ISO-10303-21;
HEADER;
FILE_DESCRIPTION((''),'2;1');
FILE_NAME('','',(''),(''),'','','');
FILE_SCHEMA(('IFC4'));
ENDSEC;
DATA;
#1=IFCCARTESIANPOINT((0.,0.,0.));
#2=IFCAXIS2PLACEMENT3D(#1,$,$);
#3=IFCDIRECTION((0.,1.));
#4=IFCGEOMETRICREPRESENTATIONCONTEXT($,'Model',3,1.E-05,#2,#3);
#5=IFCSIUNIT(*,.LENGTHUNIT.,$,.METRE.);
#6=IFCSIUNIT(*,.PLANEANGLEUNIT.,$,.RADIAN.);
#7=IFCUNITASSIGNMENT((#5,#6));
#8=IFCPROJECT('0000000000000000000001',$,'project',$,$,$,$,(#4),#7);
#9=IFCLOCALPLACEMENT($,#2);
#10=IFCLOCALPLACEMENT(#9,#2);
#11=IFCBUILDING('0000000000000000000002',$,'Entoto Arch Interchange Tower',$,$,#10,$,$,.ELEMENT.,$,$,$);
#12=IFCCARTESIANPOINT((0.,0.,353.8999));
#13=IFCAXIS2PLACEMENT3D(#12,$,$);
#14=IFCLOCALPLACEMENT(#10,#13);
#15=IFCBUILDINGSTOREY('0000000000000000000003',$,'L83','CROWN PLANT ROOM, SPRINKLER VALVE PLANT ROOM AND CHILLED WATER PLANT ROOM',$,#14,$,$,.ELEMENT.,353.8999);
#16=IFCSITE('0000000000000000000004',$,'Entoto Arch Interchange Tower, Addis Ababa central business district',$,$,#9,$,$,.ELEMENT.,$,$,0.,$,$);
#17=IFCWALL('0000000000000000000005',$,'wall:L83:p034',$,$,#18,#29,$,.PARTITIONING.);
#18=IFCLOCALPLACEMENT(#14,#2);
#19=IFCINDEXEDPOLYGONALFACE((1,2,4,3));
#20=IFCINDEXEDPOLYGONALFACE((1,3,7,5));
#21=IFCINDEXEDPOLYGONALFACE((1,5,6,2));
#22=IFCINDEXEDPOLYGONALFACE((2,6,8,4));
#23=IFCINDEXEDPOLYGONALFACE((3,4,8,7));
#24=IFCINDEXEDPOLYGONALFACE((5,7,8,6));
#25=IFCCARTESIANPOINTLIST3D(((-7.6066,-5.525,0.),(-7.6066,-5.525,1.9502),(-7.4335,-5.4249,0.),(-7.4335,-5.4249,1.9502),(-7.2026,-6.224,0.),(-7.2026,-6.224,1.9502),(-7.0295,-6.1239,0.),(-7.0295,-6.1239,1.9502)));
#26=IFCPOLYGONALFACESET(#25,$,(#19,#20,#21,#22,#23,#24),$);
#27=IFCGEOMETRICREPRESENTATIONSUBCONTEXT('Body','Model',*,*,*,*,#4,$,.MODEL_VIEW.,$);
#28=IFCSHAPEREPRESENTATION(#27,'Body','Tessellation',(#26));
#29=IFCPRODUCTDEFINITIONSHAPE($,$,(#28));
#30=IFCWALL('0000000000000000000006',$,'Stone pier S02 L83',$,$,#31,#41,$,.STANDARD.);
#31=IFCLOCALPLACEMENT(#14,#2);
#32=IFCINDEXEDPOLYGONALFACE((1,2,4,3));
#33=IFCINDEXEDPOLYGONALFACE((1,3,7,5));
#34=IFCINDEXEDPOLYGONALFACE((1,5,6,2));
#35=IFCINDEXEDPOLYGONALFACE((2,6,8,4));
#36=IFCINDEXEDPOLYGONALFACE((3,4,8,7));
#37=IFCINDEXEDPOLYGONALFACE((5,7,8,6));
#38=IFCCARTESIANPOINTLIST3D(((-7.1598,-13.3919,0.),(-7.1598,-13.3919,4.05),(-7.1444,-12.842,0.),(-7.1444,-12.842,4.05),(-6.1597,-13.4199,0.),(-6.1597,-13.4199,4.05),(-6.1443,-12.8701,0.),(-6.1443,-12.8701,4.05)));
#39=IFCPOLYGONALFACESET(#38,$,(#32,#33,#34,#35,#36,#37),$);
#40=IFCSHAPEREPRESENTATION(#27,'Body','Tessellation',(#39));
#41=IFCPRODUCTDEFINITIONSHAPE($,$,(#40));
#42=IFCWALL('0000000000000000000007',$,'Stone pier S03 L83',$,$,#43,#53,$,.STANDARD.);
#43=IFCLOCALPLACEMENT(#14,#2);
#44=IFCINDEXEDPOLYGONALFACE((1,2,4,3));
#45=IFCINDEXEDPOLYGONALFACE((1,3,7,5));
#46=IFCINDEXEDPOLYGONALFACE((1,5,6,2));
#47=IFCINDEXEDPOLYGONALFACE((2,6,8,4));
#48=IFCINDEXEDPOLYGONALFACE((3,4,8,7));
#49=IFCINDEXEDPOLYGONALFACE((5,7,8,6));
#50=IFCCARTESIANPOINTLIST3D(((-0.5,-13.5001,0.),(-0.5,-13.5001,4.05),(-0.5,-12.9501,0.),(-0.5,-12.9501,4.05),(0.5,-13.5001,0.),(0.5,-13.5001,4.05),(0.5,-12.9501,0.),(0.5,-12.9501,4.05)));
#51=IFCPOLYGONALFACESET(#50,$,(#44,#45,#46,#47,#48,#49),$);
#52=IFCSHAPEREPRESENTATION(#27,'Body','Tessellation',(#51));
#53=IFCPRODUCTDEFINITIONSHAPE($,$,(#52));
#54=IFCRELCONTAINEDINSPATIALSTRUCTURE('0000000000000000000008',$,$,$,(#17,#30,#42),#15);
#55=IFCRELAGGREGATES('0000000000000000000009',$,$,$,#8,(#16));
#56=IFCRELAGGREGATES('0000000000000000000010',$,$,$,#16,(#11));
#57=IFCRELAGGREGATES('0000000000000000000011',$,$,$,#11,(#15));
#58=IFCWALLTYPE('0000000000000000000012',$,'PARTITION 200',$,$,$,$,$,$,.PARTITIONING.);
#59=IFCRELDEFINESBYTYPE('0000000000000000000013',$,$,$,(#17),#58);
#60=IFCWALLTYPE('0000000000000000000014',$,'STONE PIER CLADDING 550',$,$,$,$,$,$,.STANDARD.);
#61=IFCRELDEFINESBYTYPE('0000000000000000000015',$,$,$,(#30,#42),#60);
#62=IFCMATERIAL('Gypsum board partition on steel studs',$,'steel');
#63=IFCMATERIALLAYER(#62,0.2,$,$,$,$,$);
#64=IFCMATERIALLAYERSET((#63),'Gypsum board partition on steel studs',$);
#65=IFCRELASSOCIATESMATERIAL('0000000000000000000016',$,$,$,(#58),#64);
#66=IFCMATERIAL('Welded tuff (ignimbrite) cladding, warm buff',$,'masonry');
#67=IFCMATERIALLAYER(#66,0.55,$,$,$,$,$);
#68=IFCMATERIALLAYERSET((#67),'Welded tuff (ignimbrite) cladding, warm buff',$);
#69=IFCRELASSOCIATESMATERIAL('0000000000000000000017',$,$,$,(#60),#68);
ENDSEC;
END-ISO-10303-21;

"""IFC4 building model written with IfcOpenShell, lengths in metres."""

from ifc_helpers import new_model, si_unit, direction, frame, frame_2d, origin, place, context, subcontext, project, spatial, rectangle, extrude, material, layer, layer_set, type_object, element, save


model = new_model("IFC4")

# Units and contexts
model_context = context("Model", 3, precision=1e-05, world=origin(), true_north=direction((0.0, 1.0)))
body_context = subcontext(model_context, "Body", "Model", "MODEL_VIEW")
ifc_project = project(units=[si_unit("LENGTHUNIT", "METRE"), si_unit("PLANEANGLEUNIT", "RADIAN")], contexts=[model_context])

# Site, building, storey
site_placement = place(None, origin())
site = spatial("IfcSite", under=ifc_project, at=site_placement, Name="Entoto Arch Interchange Tower, Addis Ababa central business district", CompositionType="ELEMENT", RefElevation=0.0)
building_placement = place(site_placement, origin())
building = spatial("IfcBuilding", under=site, at=building_placement, Name="Entoto Arch Interchange Tower", CompositionType="ELEMENT")
storey_placement = place(building_placement, frame((0.0, 0.0, 353.8999)))
storey = spatial("IfcBuildingStorey", under=building, at=storey_placement, Name="L83", Description="CROWN PLANT ROOM, SPRINKLER VALVE PLANT ROOM AND CHILLED WATER PLANT ROOM", CompositionType="ELEMENT", Elevation=353.8999)

# Shared definitions
ifc_material_1 = material(Name="Gypsum board partition on steel studs", Category="steel")
ifc_layer_1 = layer(ifc_material_1, 0.2)
ifc_layer_set_1 = layer_set([ifc_layer_1], Name="Gypsum board partition on steel studs")
wall_type_1 = type_object("IfcWallType", Name="PARTITION 200", PredefinedType="PARTITIONING", material=ifc_layer_set_1)

# Walls
wall_1_placement = place(storey_placement, frame((-7.116, -6.1741, 0.0), z_axis=(0.0, 0.0, 1.0), x_axis=(-0.500464, 0.865757, 0.0)))
element("IfcWall", 1, at=wall_1_placement, inside=storey, type_object=wall_type_1, Name="wall:L83:p034", PredefinedType="PARTITIONING", context=body_context, shape_type="SweptSolid", body=[
    extrude(rectangle(XDim=0.8074, YDim=0.2, at=frame_2d((0.4038, 0.0))), origin(), (0.0, 0.0, 1.0), 1.9502),
])
ifc_material_2 = material(Name="Welded tuff (ignimbrite) cladding, warm buff", Category="masonry")
ifc_layer_2 = layer(ifc_material_2, 0.55)
ifc_layer_set_2 = layer_set([ifc_layer_2], Name="Welded tuff (ignimbrite) cladding, warm buff")
wall_type_2 = type_object("IfcWallType", Name="STONE PIER CLADDING 550", PredefinedType="STANDARD", material=ifc_layer_set_2)
wall_2_placement = place(storey_placement, frame((-7.1521, -13.1169, 0.0), z_axis=(0.0, 0.0, 1.0), x_axis=(0.999606, -0.028065, 0.0)))
element("IfcWall", 2, at=wall_2_placement, inside=storey, type_object=wall_type_2, Name="Stone pier S02 L83", PredefinedType="STANDARD", context=body_context, shape_type="SweptSolid", body=[
    extrude(rectangle(XDim=1.0005, YDim=0.55, at=frame_2d((0.5002, 0.0))), origin(), (0.0, 0.0, 1.0), 4.05),
])
wall_3_placement = place(storey_placement, frame((-0.5, -13.2251, 0.0), z_axis=(0.0, 0.0, 1.0), x_axis=(1.0, 0.0, 0.0)))
element("IfcWall", 3, at=wall_3_placement, inside=storey, type_object=wall_type_2, Name="Stone pier S03 L83", PredefinedType="STANDARD", context=body_context, shape_type="SweptSolid", body=[
    extrude(rectangle(XDim=1.0, YDim=0.55, at=frame_2d((0.5, 0.0))), origin(), (0.0, 0.0, 1.0), 4.05),
])

save(model, "model.ifc")
